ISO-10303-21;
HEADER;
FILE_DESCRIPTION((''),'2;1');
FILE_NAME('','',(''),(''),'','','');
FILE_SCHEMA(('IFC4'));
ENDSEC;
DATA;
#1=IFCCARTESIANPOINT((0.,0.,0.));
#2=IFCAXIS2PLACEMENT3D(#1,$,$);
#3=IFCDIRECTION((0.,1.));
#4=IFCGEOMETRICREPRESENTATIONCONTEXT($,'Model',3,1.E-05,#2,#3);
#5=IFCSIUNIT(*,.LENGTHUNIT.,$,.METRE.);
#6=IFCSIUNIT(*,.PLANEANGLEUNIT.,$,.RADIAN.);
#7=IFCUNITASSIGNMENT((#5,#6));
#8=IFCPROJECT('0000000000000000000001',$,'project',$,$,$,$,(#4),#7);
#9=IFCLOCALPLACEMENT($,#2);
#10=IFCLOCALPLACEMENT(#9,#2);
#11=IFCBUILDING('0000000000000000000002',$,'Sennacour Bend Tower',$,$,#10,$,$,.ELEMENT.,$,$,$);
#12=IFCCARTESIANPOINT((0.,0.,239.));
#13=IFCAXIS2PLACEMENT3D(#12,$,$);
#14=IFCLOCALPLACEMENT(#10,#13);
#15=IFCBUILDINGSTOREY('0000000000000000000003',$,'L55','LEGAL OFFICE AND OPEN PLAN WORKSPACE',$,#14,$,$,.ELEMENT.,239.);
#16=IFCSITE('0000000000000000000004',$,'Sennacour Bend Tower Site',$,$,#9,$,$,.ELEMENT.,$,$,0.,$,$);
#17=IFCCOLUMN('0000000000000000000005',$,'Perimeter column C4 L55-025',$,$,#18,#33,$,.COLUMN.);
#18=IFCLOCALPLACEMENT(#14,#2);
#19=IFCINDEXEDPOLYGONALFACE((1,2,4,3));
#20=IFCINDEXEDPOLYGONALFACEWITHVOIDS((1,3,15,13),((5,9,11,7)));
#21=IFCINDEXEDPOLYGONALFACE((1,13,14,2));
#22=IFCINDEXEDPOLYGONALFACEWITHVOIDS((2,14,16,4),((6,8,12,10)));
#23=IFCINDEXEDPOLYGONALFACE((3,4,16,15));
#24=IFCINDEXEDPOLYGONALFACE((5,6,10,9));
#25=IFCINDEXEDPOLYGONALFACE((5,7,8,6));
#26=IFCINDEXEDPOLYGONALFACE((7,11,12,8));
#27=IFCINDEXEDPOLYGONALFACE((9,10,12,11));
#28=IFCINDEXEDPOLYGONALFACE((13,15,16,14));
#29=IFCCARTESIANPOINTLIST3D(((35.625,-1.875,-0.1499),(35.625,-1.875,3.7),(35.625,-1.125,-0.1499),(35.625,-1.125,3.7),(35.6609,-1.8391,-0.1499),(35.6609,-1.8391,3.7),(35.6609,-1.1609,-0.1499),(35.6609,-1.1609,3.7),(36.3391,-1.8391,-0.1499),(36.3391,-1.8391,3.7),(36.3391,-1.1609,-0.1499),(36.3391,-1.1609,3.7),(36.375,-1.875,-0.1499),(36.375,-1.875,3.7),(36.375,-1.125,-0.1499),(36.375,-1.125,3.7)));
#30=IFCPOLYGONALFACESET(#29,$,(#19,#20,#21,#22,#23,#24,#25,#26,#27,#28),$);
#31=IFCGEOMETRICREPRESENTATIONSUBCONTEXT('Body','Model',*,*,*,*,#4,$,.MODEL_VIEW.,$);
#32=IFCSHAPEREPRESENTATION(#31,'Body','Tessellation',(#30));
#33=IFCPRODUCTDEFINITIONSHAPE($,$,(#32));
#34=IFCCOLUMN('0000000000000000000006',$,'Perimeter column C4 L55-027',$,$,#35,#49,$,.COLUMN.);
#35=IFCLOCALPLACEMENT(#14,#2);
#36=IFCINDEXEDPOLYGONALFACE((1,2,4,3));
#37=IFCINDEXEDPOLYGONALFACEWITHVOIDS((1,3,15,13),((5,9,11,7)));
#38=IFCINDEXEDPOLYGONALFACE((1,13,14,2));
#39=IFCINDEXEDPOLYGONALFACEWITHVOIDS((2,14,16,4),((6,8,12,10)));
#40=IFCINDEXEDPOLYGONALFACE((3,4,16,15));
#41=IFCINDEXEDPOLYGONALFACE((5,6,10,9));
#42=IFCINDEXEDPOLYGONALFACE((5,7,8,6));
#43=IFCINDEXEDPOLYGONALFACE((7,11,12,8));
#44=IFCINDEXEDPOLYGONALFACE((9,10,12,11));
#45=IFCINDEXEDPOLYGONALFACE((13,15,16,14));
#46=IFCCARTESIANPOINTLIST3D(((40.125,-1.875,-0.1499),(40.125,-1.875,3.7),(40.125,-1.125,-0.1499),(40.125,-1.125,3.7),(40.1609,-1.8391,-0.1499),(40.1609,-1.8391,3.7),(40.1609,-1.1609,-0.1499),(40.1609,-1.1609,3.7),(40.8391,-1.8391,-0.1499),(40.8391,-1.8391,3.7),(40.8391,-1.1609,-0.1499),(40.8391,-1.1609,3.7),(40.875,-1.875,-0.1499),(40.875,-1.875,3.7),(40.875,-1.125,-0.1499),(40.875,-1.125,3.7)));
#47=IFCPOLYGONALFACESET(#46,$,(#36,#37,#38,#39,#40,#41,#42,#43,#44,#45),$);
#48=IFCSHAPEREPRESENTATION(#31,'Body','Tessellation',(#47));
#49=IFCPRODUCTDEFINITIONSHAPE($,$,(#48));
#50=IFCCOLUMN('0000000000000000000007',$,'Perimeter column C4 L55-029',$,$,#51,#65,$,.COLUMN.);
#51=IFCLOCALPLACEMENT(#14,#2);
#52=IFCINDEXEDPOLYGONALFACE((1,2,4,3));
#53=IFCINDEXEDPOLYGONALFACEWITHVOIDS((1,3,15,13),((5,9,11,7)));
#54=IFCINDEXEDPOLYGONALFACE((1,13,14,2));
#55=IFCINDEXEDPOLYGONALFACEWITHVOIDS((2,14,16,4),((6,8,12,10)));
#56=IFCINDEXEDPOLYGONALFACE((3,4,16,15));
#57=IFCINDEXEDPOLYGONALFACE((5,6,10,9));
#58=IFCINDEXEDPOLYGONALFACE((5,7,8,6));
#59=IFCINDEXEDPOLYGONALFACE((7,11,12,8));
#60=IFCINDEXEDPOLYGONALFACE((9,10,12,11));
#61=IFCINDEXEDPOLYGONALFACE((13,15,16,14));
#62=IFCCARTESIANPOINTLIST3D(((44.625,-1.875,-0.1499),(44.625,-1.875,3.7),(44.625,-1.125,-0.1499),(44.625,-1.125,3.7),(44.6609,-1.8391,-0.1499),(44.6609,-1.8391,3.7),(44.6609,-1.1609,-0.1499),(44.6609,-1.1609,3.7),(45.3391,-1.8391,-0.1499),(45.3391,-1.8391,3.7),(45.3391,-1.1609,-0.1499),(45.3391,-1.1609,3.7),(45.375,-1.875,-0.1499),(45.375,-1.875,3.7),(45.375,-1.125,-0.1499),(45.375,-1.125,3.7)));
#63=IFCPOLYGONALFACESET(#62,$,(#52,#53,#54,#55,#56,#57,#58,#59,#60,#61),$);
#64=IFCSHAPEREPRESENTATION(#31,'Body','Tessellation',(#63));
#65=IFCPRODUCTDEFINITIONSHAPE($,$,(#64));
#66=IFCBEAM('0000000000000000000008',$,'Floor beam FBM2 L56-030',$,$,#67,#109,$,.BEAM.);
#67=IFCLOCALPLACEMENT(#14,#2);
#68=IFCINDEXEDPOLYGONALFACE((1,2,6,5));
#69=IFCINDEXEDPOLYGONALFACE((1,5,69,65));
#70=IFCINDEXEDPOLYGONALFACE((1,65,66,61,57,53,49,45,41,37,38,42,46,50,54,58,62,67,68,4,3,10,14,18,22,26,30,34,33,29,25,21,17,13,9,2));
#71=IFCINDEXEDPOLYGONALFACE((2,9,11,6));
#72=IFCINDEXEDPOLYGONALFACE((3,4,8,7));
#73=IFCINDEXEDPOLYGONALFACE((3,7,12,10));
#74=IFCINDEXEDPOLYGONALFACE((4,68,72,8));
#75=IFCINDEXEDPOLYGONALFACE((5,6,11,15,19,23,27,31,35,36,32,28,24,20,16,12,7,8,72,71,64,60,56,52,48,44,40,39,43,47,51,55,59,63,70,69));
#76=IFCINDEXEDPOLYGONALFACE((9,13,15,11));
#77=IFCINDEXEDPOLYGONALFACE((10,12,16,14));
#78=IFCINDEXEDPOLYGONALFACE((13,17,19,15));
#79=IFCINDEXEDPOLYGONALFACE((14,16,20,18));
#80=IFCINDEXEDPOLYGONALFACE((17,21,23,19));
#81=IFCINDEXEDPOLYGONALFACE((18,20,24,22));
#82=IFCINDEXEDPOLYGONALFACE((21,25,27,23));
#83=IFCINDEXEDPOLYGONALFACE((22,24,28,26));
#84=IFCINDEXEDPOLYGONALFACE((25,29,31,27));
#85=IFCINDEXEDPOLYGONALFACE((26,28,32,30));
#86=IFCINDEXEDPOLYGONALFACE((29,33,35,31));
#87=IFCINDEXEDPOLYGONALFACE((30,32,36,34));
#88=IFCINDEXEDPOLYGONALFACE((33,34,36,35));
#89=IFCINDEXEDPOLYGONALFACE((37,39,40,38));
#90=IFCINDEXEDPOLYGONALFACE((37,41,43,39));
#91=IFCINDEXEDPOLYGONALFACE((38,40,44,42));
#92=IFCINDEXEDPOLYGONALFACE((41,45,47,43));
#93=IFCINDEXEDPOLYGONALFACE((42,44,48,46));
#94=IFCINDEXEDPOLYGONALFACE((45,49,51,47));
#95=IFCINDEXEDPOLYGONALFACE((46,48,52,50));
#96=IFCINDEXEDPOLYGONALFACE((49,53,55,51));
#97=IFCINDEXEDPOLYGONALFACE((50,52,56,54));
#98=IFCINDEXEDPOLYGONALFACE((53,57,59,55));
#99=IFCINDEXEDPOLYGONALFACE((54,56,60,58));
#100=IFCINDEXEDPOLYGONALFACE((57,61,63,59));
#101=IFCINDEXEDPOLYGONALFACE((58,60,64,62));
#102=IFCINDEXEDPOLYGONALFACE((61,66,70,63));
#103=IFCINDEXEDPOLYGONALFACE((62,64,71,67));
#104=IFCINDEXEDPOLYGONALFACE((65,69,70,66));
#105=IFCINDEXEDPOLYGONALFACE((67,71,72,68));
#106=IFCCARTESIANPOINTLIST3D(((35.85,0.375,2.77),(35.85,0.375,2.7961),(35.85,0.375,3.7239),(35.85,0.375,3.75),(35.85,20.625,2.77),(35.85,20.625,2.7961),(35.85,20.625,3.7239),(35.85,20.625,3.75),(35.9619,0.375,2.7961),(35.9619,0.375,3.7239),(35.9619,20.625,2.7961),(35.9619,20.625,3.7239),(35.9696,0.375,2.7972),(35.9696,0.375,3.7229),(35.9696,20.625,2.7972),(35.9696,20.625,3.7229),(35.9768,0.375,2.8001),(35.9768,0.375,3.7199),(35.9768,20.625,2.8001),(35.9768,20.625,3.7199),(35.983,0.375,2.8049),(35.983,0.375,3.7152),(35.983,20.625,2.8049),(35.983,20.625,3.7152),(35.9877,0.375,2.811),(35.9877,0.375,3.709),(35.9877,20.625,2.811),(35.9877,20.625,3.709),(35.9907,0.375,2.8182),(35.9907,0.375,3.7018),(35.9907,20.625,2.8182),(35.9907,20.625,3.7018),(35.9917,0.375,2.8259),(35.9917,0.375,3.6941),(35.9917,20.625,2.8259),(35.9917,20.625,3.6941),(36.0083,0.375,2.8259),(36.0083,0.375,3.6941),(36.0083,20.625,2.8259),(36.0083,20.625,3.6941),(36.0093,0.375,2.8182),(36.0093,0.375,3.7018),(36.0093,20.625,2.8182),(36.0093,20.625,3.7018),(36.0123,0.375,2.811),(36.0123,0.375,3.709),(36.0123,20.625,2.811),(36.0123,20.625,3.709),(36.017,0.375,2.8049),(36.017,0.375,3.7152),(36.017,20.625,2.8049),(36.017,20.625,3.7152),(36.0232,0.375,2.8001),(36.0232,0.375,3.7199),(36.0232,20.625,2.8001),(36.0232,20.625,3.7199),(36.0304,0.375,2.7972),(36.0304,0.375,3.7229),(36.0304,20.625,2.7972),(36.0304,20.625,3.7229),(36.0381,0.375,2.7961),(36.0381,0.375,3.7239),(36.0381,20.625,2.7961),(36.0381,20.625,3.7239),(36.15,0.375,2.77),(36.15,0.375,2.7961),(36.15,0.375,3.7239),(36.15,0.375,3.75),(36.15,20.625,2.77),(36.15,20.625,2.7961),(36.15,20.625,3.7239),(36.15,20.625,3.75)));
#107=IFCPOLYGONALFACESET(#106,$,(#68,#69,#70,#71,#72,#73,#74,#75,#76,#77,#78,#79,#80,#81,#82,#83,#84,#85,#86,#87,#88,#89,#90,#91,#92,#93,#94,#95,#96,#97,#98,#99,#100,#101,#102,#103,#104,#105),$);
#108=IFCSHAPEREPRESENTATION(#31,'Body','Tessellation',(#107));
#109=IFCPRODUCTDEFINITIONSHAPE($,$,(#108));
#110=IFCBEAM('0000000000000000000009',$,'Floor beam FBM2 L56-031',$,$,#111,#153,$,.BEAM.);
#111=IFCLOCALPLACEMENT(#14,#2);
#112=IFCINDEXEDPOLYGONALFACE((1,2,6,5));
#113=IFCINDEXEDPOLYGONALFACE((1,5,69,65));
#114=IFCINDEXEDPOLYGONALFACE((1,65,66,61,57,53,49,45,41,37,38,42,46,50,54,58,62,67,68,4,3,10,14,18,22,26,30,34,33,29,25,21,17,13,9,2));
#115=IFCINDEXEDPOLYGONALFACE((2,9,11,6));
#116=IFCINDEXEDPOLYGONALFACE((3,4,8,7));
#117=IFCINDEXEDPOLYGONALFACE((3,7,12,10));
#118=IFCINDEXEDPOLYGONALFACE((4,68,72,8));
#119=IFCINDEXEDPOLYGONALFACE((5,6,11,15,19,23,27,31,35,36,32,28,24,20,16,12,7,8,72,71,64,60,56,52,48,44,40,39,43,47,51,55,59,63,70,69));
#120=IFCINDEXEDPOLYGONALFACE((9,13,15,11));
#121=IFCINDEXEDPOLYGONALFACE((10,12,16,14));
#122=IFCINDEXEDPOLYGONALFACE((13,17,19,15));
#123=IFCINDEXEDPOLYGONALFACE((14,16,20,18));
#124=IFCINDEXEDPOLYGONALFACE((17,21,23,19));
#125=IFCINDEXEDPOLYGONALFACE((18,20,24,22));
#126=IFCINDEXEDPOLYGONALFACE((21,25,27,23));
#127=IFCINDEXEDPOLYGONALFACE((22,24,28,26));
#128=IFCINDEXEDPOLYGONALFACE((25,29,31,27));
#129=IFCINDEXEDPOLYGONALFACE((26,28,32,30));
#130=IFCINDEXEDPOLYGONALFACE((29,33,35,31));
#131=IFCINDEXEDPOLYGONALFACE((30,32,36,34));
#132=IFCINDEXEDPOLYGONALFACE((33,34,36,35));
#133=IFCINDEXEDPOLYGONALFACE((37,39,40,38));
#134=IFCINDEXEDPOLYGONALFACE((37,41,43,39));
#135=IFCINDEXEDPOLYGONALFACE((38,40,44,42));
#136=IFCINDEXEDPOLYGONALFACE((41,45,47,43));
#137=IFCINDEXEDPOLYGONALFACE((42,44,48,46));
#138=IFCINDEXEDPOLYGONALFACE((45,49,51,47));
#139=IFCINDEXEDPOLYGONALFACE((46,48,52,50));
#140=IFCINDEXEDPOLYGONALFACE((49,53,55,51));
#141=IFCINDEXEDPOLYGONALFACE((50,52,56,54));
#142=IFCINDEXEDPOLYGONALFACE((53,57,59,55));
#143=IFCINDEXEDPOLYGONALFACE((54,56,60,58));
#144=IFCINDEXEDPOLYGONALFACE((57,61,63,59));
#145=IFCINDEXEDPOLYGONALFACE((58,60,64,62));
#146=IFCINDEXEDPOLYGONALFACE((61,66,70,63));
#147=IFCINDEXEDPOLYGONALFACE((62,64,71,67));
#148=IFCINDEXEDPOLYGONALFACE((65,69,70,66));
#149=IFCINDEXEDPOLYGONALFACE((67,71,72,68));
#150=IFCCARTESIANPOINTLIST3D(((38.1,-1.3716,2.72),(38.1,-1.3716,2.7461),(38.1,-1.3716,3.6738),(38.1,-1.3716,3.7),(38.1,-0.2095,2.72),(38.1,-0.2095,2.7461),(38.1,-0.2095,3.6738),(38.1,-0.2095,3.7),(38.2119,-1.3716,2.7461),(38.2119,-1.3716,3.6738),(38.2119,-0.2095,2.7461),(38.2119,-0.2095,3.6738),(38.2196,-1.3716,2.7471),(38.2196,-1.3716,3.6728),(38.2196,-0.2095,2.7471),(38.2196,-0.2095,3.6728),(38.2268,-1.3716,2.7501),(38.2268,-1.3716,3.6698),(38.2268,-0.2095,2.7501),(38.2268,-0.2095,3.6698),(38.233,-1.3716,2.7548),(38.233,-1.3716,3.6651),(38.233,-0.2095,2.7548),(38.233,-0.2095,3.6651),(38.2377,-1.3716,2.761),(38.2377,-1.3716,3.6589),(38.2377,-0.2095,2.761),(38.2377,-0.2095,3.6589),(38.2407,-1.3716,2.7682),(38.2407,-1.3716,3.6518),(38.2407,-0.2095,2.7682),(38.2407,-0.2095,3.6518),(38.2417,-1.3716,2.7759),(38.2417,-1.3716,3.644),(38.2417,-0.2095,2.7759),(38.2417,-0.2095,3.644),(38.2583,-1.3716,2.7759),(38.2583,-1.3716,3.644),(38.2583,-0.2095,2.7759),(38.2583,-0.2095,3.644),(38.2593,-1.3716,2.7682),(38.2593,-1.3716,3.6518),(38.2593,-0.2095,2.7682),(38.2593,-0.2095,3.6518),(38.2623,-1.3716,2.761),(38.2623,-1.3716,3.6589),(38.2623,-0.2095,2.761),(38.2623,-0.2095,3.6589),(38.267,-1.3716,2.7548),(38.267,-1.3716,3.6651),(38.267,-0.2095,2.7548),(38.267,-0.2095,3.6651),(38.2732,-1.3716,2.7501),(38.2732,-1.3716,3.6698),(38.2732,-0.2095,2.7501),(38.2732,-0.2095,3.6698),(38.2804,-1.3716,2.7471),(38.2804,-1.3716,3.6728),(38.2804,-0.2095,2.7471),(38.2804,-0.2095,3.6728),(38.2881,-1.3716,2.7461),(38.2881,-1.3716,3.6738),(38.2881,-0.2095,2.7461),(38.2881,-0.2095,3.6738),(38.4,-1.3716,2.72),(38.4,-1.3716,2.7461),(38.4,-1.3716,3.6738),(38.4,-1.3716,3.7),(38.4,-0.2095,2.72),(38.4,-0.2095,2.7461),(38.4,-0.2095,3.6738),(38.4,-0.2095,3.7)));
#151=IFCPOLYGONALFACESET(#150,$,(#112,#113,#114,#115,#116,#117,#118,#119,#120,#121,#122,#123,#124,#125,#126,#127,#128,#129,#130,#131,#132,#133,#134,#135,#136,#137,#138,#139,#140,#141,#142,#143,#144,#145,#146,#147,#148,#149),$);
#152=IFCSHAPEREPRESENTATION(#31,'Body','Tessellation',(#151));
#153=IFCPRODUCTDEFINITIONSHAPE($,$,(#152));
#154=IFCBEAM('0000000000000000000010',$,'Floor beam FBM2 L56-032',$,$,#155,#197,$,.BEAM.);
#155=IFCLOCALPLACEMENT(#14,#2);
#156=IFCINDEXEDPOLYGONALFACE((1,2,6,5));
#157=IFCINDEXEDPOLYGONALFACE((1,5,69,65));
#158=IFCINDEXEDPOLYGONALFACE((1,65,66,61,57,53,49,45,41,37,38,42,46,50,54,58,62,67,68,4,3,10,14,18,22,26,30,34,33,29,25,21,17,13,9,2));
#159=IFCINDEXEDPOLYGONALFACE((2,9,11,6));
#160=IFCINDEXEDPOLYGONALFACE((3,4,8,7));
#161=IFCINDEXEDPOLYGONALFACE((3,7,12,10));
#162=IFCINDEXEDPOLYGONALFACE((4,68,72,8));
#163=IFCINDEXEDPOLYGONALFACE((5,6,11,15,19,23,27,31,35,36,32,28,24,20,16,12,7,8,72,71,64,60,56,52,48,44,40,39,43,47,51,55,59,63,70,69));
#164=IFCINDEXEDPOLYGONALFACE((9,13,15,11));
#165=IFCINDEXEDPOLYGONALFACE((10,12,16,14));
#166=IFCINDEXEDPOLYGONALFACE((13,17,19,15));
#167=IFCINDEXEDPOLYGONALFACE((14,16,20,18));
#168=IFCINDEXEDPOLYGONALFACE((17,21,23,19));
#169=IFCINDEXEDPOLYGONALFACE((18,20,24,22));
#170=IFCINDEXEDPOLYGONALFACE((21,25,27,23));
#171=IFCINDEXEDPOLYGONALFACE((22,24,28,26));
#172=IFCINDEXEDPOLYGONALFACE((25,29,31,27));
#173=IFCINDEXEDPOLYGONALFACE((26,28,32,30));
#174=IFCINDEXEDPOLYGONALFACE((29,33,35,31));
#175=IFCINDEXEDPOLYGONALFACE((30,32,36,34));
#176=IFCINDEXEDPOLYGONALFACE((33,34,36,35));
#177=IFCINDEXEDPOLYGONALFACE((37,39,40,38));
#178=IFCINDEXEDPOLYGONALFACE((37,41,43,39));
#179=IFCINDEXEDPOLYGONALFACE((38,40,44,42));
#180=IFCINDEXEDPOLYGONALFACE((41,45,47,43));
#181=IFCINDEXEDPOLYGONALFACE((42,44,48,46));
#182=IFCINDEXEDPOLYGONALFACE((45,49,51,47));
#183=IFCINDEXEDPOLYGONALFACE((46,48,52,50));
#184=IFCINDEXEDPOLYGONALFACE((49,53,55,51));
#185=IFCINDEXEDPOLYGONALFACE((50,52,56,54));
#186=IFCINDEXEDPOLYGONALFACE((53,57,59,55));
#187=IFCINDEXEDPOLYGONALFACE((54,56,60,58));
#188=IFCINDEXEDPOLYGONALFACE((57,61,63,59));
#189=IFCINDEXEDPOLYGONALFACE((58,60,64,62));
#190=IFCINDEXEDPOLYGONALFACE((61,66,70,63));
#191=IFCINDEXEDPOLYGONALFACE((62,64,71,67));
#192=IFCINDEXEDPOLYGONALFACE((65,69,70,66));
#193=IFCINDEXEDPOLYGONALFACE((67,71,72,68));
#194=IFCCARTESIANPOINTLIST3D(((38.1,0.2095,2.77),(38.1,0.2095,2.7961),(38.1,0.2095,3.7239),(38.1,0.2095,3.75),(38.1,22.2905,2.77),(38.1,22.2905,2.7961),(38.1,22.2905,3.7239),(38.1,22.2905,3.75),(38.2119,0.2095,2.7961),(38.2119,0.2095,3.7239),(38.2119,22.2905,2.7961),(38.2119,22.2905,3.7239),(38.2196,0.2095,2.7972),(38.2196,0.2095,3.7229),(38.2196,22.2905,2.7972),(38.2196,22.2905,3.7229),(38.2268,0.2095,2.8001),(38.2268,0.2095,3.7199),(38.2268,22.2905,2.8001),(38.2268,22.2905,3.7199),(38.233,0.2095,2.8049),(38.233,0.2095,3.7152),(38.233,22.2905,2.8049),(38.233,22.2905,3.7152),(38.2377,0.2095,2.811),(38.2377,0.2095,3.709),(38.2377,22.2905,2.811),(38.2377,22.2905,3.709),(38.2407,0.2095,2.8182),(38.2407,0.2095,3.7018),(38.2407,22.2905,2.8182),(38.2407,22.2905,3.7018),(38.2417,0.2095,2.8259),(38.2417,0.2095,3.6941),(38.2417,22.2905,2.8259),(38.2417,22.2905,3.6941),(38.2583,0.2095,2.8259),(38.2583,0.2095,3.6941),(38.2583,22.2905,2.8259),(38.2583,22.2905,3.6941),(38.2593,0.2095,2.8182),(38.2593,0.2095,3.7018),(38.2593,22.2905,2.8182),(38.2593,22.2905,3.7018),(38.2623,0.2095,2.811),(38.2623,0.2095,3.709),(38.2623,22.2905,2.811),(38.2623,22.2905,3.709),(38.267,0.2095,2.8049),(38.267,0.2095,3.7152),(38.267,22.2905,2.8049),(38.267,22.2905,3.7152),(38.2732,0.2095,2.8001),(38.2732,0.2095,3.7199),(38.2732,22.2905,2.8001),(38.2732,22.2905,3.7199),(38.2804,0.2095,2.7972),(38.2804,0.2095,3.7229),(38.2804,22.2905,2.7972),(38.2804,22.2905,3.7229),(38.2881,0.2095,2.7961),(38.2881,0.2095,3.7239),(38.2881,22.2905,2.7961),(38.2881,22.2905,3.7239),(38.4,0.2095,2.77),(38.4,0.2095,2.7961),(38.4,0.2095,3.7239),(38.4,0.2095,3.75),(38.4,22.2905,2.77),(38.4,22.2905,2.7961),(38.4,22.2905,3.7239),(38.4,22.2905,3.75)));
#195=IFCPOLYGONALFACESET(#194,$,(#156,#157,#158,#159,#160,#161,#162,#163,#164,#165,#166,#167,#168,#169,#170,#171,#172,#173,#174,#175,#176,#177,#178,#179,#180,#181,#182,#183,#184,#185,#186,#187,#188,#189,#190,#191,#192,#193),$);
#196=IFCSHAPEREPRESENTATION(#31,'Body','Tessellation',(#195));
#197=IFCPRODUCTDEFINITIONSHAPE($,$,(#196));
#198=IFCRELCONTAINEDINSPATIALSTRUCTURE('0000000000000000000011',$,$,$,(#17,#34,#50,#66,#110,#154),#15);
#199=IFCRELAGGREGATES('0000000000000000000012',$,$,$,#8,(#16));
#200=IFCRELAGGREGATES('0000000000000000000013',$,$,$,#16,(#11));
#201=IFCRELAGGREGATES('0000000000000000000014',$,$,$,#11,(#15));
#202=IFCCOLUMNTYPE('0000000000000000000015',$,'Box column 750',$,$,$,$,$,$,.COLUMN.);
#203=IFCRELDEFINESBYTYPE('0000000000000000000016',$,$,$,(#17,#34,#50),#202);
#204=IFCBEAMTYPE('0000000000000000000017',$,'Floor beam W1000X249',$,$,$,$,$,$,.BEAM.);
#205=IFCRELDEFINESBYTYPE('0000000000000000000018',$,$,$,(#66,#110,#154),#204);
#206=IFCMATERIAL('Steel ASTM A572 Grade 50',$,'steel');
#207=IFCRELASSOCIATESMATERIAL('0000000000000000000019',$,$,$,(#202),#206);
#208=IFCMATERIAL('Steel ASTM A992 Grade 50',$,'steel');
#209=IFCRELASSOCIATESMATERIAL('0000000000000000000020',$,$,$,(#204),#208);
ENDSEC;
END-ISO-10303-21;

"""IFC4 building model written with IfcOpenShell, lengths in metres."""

from ifc_helpers import new_model, si_unit, direction, frame, origin, origin_2d, place, context, subcontext, project, spatial, hollow_rectangle, i_section, extrude, material, material_profile, profile_set, type_object, element, save


model = new_model("IFC4")

# Units and contexts
model_context = context("Model", 3, precision=1e-05, world=origin(), true_north=direction((0.0, 1.0)))
body_context = subcontext(model_context, "Body", "Model", "MODEL_VIEW")
ifc_project = project(units=[si_unit("LENGTHUNIT", "METRE"), si_unit("PLANEANGLEUNIT", "RADIAN")], contexts=[model_context])

# Site, building, storey
site_placement = place(None, origin())
site = spatial("IfcSite", under=ifc_project, at=site_placement, Name="Sennacour Bend Tower Site", CompositionType="ELEMENT", RefElevation=0.0)
building_placement = place(site_placement, origin())
building = spatial("IfcBuilding", under=site, at=building_placement, Name="Sennacour Bend Tower", CompositionType="ELEMENT")
storey_placement = place(building_placement, frame((0.0, 0.0, 239.0)))
storey = spatial("IfcBuildingStorey", under=building, at=storey_placement, Name="L55", Description="LEGAL OFFICE AND OPEN PLAN WORKSPACE", CompositionType="ELEMENT", Elevation=239.0)

# Columns
ifc_material_1 = material(Name="Steel ASTM A572 Grade 50", Category="steel")
ifc_material_profile_1 = material_profile(ifc_material_1, hollow_rectangle(XDim=0.75, YDim=0.75, WallThickness=0.0359, at=origin_2d()), Name="Steel ASTM A572 Grade 50", Category="steel")
ifc_profile_set_1 = profile_set([ifc_material_profile_1], Name="Steel ASTM A572 Grade 50")
column_type = type_object("IfcColumnType", Name="Box column 750", PredefinedType="COLUMN", material=ifc_profile_set_1)
for number, where, z_axis, x_axis, name in (
    (1, (36.0, -1.5, -0.1499), (0.0, 0.0, 1.0), (1.0, 0.0, 0.0), "Perimeter column C4 L55-025"),
    (2, (40.5, -1.5, -0.1499), (0.0, 0.0, 1.0), (1.0, 0.0, 0.0), "Perimeter column C4 L55-027"),
    (3, (45.0, -1.5, -0.1499), (0.0, 0.0, 1.0), (1.0, 0.0, 0.0), "Perimeter column C4 L55-029"),
):
    element("IfcColumn", number, at=place(storey_placement, frame(where, z_axis=z_axis, x_axis=x_axis)), inside=storey, type_object=column_type, Name=name, PredefinedType="COLUMN", context=body_context, shape_type="SweptSolid", body=[
        extrude(hollow_rectangle(XDim=0.75, YDim=0.75, WallThickness=0.0359, at=origin_2d()), origin(), (0.0, 0.0, 1.0), 3.8499),
    ])

# Beams
ifc_material_2 = material(Name="Steel ASTM A992 Grade 50", Category="steel")
ifc_material_profile_2 = material_profile(ifc_material_2, i_section(OverallWidth=0.3, OverallDepth=0.98, WebThickness=0.0166, FlangeThickness=0.0261, FilletRadius=0.0298, at=origin_2d()), Name="Steel ASTM A992 Grade 50", Category="steel")
ifc_profile_set_2 = profile_set([ifc_material_profile_2], Name="Steel ASTM A992 Grade 50")
beam_type_1 = type_object("IfcBeamType", Name="Floor beam W1000X249", PredefinedType="BEAM", material=ifc_profile_set_2)
beam_1_placement = place(storey_placement, frame((36.0, 0.375, 3.26), z_axis=(0.0, 1.0, 0.0), x_axis=(-1.0, 0.0, 0.0)))
element("IfcBeam", 4, at=beam_1_placement, inside=storey, type_object=beam_type_1, Name="Floor beam FBM2 L56-030", PredefinedType="BEAM", context=body_context, shape_type="SweptSolid", body=[
    extrude(i_section(OverallWidth=0.3, OverallDepth=0.98, WebThickness=0.0166, FlangeThickness=0.0261, FilletRadius=0.0298, at=origin_2d()), origin(), (0.0, 0.0, 1.0), 20.25),
])
beam_2_placement = place(storey_placement, frame((38.25, -1.3716, 3.21), z_axis=(0.0, 1.0, 0.0), x_axis=(-1.0, 0.0, 0.0)))
element("IfcBeam", 5, at=beam_2_placement, inside=storey, type_object=beam_type_1, Name="Floor beam FBM2 L56-031", PredefinedType="BEAM", context=body_context, shape_type="SweptSolid", body=[
    extrude(i_section(OverallWidth=0.3, OverallDepth=0.98, WebThickness=0.0166, FlangeThickness=0.0261, FilletRadius=0.0298, at=origin_2d()), origin(), (0.0, 0.0, 1.0), 1.1621),
])
beam_3_placement = place(storey_placement, frame((38.25, 0.2095, 3.26), z_axis=(0.0, 1.0, 0.0), x_axis=(-1.0, 0.0, 0.0)))
element("IfcBeam", 6, at=beam_3_placement, inside=storey, type_object=beam_type_1, Name="Floor beam FBM2 L56-032", PredefinedType="BEAM", context=body_context, shape_type="SweptSolid", body=[
    extrude(i_section(OverallWidth=0.3, OverallDepth=0.98, WebThickness=0.0166, FlangeThickness=0.0261, FilletRadius=0.0298, at=origin_2d()), origin(), (0.0, 0.0, 1.0), 22.0811),
])

save(model, "model.ifc")
